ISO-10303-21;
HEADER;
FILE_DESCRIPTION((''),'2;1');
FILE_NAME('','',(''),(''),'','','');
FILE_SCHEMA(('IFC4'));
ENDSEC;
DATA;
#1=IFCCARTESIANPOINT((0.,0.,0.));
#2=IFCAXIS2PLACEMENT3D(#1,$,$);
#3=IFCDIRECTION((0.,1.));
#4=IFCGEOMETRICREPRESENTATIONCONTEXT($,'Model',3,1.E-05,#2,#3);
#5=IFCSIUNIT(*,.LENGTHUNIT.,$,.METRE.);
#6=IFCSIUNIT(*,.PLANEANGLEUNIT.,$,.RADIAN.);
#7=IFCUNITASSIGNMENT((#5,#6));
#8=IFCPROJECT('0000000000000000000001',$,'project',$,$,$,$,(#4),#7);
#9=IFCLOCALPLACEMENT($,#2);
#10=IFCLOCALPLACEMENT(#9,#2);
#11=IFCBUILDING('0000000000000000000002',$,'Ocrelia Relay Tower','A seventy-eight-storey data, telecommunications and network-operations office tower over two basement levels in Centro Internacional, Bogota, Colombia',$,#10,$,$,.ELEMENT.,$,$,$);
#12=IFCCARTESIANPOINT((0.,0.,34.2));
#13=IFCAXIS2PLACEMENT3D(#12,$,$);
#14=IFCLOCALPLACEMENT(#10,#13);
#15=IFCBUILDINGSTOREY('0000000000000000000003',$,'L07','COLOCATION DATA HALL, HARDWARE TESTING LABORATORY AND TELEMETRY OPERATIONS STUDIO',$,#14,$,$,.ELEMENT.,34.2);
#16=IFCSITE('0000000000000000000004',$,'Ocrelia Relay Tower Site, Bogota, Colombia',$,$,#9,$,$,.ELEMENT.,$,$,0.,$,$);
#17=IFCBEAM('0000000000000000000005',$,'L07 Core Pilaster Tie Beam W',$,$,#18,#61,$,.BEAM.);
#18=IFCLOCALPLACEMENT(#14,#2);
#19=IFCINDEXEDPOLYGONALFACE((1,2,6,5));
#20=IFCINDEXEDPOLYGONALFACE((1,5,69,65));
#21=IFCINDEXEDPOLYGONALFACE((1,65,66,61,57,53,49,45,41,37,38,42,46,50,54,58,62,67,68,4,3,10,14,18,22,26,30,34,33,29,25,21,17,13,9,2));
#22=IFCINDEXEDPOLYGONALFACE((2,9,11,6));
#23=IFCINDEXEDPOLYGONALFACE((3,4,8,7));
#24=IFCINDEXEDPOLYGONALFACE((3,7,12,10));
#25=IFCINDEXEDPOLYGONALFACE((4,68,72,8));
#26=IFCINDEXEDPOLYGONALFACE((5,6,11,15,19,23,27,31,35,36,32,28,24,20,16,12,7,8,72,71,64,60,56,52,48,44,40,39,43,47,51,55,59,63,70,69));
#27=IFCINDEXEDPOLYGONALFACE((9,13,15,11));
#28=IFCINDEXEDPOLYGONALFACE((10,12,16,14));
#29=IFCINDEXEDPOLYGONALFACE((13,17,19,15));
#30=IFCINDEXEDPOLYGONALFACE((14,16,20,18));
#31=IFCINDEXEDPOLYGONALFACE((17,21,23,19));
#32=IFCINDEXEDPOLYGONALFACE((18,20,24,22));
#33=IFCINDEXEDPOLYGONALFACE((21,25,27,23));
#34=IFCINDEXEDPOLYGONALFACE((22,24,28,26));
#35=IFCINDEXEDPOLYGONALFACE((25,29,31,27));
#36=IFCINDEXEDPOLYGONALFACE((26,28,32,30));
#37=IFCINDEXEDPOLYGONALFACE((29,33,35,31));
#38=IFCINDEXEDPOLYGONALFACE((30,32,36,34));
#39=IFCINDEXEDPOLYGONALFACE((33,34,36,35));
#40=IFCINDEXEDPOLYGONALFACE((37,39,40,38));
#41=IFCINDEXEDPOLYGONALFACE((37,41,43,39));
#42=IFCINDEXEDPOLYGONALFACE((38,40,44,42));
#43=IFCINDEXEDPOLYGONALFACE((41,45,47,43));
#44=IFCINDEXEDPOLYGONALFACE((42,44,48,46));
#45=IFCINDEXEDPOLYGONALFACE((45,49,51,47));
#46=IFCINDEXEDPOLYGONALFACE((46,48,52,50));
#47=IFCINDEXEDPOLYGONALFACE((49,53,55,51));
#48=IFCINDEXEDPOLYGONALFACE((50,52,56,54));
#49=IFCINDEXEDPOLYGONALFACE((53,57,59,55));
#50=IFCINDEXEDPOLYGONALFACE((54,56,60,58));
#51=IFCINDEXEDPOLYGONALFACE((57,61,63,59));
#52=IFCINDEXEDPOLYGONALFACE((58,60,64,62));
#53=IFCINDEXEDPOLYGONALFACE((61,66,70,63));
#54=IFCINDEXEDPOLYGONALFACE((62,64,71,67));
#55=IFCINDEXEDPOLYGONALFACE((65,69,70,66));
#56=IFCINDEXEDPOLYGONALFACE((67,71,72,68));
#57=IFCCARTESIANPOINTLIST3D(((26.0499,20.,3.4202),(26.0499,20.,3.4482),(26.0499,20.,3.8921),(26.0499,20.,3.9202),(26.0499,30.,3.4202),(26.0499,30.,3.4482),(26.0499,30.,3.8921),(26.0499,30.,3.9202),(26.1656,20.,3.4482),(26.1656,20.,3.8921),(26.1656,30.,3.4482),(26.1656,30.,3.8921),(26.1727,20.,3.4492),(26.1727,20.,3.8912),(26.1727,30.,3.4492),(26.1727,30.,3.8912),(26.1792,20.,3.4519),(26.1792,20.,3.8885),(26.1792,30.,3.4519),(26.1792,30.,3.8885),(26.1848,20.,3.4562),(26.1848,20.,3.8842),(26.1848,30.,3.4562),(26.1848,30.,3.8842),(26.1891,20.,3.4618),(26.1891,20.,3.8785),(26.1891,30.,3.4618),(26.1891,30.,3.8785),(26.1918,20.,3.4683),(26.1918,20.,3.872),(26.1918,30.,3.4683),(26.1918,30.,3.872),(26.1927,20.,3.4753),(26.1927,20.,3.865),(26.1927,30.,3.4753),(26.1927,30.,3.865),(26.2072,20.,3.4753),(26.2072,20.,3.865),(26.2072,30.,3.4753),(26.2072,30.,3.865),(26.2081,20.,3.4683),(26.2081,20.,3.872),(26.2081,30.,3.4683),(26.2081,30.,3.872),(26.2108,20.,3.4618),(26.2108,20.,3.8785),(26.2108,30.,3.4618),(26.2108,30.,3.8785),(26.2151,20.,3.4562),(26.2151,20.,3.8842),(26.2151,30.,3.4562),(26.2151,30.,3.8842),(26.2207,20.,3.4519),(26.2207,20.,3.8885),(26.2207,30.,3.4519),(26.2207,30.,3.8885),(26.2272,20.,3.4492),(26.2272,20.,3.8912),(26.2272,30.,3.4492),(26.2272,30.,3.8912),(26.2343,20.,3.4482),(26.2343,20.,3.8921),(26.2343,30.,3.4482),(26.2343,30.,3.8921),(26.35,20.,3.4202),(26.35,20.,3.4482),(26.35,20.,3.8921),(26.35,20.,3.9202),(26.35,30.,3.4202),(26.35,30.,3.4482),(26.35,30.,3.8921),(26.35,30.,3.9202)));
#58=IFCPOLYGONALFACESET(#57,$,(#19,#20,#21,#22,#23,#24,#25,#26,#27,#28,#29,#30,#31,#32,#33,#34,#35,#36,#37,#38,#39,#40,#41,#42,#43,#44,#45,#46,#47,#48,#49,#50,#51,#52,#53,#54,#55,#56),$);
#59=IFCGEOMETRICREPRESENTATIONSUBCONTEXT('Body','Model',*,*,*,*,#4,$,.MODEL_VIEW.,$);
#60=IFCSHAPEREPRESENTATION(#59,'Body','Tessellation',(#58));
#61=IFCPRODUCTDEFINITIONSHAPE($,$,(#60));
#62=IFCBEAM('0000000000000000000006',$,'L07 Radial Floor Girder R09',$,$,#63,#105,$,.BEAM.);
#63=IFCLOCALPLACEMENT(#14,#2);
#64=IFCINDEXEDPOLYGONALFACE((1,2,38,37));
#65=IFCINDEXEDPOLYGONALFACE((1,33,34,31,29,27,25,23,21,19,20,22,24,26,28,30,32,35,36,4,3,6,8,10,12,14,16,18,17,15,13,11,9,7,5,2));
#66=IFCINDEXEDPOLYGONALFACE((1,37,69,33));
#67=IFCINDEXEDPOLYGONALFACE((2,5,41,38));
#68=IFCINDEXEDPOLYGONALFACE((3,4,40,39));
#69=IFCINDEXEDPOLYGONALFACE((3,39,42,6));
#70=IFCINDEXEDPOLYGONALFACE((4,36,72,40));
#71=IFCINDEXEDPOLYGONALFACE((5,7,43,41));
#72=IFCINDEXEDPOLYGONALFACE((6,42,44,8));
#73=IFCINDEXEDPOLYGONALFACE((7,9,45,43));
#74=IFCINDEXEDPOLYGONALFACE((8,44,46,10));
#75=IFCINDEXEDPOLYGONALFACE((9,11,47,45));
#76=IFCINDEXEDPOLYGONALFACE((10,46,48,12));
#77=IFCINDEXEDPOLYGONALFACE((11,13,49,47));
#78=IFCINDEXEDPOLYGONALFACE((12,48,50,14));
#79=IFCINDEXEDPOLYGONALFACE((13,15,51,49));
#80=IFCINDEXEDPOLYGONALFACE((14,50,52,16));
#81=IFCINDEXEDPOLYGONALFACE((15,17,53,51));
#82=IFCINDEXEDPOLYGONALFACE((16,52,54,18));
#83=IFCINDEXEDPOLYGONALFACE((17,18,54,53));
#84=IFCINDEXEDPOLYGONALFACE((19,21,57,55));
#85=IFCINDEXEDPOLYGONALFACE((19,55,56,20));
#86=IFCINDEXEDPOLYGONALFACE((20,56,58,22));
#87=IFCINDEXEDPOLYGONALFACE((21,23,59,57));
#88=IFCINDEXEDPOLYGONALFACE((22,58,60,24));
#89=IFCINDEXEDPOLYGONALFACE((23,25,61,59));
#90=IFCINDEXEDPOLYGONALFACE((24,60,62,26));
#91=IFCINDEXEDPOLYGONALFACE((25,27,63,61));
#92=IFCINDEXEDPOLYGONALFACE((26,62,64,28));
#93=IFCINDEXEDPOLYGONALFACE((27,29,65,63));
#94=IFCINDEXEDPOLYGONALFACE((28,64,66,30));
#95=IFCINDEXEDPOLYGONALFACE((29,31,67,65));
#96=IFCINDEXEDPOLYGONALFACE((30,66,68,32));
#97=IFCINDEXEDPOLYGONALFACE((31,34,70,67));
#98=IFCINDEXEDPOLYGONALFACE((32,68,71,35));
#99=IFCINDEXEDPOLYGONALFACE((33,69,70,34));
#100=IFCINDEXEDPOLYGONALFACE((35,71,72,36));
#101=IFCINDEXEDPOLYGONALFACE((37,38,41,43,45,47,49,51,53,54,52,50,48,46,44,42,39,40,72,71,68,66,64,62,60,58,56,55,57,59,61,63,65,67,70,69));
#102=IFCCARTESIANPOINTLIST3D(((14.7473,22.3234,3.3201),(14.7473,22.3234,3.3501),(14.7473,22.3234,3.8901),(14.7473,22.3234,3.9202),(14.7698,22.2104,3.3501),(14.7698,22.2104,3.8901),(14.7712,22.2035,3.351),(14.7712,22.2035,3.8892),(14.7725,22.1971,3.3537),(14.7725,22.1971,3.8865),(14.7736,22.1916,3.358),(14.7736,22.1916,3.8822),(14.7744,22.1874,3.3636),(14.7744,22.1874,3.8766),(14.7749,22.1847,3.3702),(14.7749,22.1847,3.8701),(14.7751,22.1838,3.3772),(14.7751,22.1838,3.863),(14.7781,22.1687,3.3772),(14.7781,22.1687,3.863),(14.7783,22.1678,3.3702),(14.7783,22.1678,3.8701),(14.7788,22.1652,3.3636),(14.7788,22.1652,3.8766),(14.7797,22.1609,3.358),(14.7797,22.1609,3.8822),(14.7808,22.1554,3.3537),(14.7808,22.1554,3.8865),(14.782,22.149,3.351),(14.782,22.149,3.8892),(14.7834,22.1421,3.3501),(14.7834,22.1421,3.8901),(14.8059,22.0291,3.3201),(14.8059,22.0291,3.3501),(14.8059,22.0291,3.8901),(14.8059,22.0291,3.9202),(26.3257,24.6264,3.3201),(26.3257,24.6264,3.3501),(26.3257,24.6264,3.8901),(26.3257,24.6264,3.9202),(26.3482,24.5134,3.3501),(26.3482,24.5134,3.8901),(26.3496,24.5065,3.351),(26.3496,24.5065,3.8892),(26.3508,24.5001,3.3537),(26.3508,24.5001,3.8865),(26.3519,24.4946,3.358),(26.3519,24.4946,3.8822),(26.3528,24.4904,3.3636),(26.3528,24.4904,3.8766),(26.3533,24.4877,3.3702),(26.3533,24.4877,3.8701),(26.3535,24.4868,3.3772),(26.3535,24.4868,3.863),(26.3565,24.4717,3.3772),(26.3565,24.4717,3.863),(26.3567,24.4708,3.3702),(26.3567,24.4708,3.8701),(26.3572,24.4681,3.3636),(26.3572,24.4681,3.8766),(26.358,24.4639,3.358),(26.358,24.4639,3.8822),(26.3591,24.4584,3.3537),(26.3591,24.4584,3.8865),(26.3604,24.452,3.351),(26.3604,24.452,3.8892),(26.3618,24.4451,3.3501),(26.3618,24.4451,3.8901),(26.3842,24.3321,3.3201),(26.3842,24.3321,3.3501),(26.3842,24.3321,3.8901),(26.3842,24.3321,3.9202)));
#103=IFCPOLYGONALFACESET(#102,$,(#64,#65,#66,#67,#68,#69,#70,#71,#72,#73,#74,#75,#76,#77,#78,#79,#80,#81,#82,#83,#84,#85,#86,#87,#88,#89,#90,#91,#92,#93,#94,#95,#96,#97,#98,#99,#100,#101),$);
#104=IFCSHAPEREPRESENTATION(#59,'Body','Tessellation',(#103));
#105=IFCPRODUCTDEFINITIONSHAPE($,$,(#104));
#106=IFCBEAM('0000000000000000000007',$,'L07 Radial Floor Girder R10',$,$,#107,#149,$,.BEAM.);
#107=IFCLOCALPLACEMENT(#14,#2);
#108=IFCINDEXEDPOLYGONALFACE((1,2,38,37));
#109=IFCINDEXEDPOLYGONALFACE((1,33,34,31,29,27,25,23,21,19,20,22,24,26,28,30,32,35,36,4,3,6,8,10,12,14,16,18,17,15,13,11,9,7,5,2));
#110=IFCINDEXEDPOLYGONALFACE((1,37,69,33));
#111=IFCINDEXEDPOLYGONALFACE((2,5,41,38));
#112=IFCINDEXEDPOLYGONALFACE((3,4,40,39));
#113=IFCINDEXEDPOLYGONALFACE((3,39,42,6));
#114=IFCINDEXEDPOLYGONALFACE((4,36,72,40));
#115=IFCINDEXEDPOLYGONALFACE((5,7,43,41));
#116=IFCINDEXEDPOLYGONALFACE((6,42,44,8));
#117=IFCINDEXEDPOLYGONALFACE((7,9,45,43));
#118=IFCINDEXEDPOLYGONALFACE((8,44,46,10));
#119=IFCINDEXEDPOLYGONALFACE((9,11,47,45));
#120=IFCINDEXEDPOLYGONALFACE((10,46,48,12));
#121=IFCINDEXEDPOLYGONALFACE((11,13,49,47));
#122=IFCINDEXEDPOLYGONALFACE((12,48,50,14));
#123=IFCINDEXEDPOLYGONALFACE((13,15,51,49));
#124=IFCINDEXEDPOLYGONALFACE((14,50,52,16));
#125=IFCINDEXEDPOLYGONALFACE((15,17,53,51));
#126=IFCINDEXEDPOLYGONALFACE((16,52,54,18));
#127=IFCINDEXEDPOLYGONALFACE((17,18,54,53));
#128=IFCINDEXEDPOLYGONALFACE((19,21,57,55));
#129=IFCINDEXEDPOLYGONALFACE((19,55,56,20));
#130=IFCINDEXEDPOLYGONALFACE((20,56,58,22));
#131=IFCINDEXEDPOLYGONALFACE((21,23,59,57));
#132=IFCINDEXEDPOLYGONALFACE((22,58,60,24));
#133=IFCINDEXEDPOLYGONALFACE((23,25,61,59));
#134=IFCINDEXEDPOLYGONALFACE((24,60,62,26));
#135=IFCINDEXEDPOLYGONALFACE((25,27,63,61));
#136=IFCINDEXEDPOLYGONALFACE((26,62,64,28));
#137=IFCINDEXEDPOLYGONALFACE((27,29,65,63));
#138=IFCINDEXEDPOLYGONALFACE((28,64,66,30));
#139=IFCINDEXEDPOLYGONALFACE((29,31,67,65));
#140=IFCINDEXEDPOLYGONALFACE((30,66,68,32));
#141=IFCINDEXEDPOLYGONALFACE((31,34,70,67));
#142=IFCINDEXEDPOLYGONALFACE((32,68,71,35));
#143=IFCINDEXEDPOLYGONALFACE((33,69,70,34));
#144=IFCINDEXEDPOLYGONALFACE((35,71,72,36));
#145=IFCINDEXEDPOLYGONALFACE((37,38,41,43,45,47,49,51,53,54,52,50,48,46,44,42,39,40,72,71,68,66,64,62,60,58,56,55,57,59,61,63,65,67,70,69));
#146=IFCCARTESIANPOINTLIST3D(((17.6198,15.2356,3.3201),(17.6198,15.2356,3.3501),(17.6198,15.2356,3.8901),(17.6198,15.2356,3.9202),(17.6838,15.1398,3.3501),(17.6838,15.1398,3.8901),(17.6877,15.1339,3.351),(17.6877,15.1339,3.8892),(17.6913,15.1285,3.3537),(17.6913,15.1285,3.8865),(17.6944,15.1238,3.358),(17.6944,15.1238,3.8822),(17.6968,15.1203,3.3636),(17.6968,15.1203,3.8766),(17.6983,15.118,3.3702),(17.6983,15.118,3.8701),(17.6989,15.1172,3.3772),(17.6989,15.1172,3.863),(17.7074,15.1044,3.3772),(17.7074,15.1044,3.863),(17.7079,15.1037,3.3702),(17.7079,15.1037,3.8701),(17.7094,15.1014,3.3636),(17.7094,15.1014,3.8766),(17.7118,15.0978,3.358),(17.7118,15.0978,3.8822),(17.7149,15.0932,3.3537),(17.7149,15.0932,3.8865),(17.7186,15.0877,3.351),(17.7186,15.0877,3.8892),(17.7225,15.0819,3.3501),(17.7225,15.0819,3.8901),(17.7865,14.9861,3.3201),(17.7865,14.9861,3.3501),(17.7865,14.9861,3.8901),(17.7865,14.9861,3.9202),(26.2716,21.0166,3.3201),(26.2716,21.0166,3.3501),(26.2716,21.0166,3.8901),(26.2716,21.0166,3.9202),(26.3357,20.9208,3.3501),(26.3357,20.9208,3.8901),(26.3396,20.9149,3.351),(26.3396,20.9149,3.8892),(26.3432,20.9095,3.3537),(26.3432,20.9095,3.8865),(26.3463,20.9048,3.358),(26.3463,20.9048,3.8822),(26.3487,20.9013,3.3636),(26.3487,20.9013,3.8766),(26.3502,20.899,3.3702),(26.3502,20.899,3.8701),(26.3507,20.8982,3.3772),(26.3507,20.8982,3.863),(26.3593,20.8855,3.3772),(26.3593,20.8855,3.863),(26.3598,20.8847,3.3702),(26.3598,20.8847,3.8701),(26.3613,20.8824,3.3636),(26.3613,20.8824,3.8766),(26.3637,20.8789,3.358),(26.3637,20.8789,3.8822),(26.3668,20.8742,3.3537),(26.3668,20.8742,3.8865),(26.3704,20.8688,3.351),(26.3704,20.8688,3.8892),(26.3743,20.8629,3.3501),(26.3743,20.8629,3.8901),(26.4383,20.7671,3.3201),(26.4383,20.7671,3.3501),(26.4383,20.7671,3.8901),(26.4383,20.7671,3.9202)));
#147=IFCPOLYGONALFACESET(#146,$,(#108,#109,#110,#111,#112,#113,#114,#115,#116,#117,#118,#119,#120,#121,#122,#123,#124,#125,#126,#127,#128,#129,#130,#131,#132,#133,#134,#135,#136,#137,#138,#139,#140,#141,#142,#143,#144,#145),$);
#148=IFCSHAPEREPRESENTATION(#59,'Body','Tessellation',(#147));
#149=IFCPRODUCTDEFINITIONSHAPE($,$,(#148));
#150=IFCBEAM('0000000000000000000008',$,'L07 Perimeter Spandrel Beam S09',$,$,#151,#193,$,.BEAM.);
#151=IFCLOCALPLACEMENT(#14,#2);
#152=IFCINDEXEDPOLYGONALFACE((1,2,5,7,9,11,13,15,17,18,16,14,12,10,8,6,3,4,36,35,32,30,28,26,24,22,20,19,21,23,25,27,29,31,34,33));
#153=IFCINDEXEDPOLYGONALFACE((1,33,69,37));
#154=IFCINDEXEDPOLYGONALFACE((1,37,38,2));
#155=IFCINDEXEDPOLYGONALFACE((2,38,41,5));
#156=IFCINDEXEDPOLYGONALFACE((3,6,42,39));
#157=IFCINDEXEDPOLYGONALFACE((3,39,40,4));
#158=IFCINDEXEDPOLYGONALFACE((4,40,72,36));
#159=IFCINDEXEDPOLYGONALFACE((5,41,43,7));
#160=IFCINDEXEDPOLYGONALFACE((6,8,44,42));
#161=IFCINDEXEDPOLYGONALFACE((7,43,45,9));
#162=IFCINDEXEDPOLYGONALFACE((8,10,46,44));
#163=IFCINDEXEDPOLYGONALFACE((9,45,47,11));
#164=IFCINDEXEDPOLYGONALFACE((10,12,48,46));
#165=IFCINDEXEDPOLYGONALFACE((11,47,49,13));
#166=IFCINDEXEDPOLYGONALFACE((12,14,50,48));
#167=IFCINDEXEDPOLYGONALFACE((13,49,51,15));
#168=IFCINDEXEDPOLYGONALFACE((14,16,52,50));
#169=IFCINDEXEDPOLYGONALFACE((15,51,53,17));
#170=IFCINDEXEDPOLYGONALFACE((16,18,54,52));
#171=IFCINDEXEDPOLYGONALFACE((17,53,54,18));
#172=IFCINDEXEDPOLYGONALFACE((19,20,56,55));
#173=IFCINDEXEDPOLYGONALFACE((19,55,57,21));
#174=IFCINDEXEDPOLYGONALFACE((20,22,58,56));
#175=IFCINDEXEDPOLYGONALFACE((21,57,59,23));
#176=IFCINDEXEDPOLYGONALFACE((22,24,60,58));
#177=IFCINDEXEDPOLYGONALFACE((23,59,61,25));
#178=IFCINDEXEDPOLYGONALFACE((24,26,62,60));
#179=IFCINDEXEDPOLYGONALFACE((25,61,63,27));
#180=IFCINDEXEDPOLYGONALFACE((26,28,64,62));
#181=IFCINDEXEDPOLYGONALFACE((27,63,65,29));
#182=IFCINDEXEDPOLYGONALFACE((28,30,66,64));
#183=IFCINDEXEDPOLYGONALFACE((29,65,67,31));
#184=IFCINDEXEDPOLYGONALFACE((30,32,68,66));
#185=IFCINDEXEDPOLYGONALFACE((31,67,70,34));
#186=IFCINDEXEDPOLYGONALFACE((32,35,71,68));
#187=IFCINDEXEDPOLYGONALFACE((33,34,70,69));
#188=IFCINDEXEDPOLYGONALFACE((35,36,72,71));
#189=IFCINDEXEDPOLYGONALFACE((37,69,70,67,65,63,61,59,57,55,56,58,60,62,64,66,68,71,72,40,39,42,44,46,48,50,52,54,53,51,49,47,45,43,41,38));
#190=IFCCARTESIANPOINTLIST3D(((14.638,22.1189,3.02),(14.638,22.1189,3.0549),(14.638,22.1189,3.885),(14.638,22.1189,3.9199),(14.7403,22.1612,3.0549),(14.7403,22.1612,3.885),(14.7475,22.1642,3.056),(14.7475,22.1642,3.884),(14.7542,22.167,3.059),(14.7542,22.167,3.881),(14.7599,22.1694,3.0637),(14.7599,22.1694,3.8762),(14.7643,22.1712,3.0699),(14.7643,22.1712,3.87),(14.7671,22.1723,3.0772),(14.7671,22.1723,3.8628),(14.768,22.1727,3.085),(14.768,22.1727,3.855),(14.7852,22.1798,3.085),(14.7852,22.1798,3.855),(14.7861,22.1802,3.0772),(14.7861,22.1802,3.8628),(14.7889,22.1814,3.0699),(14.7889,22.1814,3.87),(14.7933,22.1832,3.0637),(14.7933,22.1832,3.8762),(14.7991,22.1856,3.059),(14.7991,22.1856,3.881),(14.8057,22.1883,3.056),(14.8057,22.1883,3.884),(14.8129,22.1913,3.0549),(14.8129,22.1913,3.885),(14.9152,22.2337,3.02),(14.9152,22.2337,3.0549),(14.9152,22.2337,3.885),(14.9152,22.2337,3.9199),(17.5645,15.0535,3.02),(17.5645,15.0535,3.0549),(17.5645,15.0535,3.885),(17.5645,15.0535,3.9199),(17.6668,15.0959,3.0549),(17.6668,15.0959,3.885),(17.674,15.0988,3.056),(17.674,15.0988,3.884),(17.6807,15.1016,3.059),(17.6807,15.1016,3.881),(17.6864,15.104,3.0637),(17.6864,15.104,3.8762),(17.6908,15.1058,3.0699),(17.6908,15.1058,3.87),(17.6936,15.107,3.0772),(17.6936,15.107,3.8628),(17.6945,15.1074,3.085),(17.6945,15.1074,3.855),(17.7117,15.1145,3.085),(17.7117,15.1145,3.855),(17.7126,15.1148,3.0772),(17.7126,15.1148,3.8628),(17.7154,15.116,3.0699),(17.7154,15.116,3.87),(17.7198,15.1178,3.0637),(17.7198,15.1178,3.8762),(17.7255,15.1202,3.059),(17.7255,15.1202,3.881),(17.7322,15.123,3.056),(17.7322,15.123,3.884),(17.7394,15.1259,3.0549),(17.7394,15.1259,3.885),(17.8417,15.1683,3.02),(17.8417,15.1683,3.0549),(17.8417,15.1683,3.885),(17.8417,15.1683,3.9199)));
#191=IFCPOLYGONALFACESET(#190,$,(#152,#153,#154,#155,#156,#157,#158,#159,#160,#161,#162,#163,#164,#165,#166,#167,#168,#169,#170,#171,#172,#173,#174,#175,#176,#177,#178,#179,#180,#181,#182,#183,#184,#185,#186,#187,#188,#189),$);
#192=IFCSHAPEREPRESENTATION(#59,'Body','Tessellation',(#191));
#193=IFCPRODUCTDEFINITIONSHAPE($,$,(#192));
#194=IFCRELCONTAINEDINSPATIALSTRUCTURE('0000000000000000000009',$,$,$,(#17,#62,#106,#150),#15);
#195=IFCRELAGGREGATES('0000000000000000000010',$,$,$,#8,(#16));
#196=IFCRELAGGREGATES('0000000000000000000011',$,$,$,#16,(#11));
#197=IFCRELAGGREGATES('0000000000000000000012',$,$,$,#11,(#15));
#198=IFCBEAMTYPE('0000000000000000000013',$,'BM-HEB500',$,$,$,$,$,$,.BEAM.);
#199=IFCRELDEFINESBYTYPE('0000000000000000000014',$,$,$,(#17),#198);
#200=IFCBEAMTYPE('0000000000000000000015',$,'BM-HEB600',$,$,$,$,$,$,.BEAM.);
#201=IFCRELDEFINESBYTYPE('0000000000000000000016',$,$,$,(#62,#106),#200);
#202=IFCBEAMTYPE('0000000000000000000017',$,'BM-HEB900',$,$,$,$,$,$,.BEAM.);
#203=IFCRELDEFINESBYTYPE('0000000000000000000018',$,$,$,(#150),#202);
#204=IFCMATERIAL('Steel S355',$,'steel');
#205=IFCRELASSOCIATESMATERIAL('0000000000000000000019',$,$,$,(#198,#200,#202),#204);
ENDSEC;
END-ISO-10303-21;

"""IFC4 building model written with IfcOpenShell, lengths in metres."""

from ifc_helpers import new_model, si_unit, direction, frame, origin, origin_2d, place, context, subcontext, project, spatial, i_section, extrude, material, material_profile, profile_set, type_object, element, save


model = new_model("IFC4")

# Units and contexts
model_context = context("Model", 3, precision=1e-05, world=origin(), true_north=direction((0.0, 1.0)))
body_context = subcontext(model_context, "Body", "Model", "MODEL_VIEW")
ifc_project = project(units=[si_unit("LENGTHUNIT", "METRE"), si_unit("PLANEANGLEUNIT", "RADIAN")], contexts=[model_context])

# Site, building, storey
site_placement = place(None, origin())
site = spatial("IfcSite", under=ifc_project, at=site_placement, Name="Ocrelia Relay Tower Site, Bogota, Colombia", CompositionType="ELEMENT", RefElevation=0.0)
building_placement = place(site_placement, origin())
building = spatial("IfcBuilding", under=site, at=building_placement, Name="Ocrelia Relay Tower", Description="A seventy-eight-storey data, telecommunications and network-operations office tower over two basement levels in Centro Internacional, Bogota, Colombia", CompositionType="ELEMENT")
storey_placement = place(building_placement, frame((0.0, 0.0, 34.2)))
storey = spatial("IfcBuildingStorey", under=building, at=storey_placement, Name="L07", Description="COLOCATION DATA HALL, HARDWARE TESTING LABORATORY AND TELEMETRY OPERATIONS STUDIO", CompositionType="ELEMENT", Elevation=34.2)

# Beams
ifc_material_1 = material(Name="Steel S355", Category="steel")
ifc_material_profile_1 = material_profile(ifc_material_1, i_section(OverallWidth=0.3, OverallDepth=0.5, WebThickness=0.0144, FlangeThickness=0.0281, FilletRadius=0.0271, at=origin_2d()), Name="HEB 500")
ifc_profile_set_1 = profile_set([ifc_material_profile_1], Name="Steel S355")
beam_type_1 = type_object("IfcBeamType", Name="BM-HEB500", PredefinedType="BEAM", material=ifc_profile_set_1)
beam_1_placement = place(storey_placement, frame((26.2, 20.0, 3.6702), z_axis=(0.0, 1.0, 0.0), x_axis=(-1.0, 0.0, 0.0)))
element("IfcBeam", 1, at=beam_1_placement, inside=storey, type_object=beam_type_1, Name="L07 Core Pilaster Tie Beam W", PredefinedType="BEAM", context=body_context, shape_type="SweptSolid", body=[
    extrude(i_section(OverallWidth=0.3, OverallDepth=0.5, WebThickness=0.0144, FlangeThickness=0.0281, FilletRadius=0.0271, at=origin_2d()), origin(), (0.0, 0.0, 1.0), 10.0),
])
ifc_material_profile_2 = material_profile(ifc_material_1, i_section(OverallWidth=0.3, OverallDepth=0.6001, WebThickness=0.0154, FlangeThickness=0.03, FilletRadius=0.0271, at=origin_2d()), Name="HEB 600")
ifc_profile_set_2 = profile_set([ifc_material_profile_2], Name="Steel S355")
beam_type_2 = type_object("IfcBeamType", Name="BM-HEB600", PredefinedType="BEAM", material=ifc_profile_set_2)
beam_2_placement = place(storey_placement, frame((14.7766, 22.1763, 3.6201), z_axis=(0.980787, 0.195082, 0.0), x_axis=(-0.195082, 0.980787, 0.0)))
element("IfcBeam", 2, at=beam_2_placement, inside=storey, type_object=beam_type_2, Name="L07 Radial Floor Girder R09", PredefinedType="BEAM", context=body_context, shape_type="SweptSolid", body=[
    extrude(i_section(OverallWidth=0.3, OverallDepth=0.6001, WebThickness=0.0154, FlangeThickness=0.03, FilletRadius=0.0271, at=origin_2d()), origin(), (0.0, 0.0, 1.0), 11.8052),
])
beam_3_placement = place(storey_placement, frame((17.7031, 15.1108, 3.6201), z_axis=(0.831469, 0.555572, 0.0), x_axis=(-0.555572, 0.831469, 0.0)))
element("IfcBeam", 3, at=beam_3_placement, inside=storey, type_object=beam_type_2, Name="L07 Radial Floor Girder R10", PredefinedType="BEAM", context=body_context, shape_type="SweptSolid", body=[
    extrude(i_section(OverallWidth=0.3, OverallDepth=0.6001, WebThickness=0.0154, FlangeThickness=0.03, FilletRadius=0.0271, at=origin_2d()), origin(), (0.0, 0.0, 1.0), 10.4055),
])
ifc_material_profile_3 = material_profile(ifc_material_1, i_section(OverallWidth=0.3, OverallDepth=0.8999, WebThickness=0.0186, FlangeThickness=0.0349, FilletRadius=0.03, at=origin_2d()), Name="HEB 900")
ifc_profile_set_3 = profile_set([ifc_material_profile_3], Name="Steel S355")
beam_type_3 = type_object("IfcBeamType", Name="BM-HEB900", PredefinedType="BEAM", material=ifc_profile_set_3)
beam_4_placement = place(storey_placement, frame((14.7766, 22.1763, 3.47), z_axis=(0.382674, -0.923883, 0.0), x_axis=(0.923883, 0.382674, 0.0)))
element("IfcBeam", 4, at=beam_4_placement, inside=storey, type_object=beam_type_3, Name="L07 Perimeter Spandrel Beam S09", PredefinedType="BEAM", context=body_context, shape_type="SweptSolid", body=[
    extrude(i_section(OverallWidth=0.3, OverallDepth=0.8999, WebThickness=0.0186, FlangeThickness=0.0349, FilletRadius=0.03, at=origin_2d()), origin(), (0.0, 0.0, 1.0), 7.6475),
])

save(model, "model.ifc")
